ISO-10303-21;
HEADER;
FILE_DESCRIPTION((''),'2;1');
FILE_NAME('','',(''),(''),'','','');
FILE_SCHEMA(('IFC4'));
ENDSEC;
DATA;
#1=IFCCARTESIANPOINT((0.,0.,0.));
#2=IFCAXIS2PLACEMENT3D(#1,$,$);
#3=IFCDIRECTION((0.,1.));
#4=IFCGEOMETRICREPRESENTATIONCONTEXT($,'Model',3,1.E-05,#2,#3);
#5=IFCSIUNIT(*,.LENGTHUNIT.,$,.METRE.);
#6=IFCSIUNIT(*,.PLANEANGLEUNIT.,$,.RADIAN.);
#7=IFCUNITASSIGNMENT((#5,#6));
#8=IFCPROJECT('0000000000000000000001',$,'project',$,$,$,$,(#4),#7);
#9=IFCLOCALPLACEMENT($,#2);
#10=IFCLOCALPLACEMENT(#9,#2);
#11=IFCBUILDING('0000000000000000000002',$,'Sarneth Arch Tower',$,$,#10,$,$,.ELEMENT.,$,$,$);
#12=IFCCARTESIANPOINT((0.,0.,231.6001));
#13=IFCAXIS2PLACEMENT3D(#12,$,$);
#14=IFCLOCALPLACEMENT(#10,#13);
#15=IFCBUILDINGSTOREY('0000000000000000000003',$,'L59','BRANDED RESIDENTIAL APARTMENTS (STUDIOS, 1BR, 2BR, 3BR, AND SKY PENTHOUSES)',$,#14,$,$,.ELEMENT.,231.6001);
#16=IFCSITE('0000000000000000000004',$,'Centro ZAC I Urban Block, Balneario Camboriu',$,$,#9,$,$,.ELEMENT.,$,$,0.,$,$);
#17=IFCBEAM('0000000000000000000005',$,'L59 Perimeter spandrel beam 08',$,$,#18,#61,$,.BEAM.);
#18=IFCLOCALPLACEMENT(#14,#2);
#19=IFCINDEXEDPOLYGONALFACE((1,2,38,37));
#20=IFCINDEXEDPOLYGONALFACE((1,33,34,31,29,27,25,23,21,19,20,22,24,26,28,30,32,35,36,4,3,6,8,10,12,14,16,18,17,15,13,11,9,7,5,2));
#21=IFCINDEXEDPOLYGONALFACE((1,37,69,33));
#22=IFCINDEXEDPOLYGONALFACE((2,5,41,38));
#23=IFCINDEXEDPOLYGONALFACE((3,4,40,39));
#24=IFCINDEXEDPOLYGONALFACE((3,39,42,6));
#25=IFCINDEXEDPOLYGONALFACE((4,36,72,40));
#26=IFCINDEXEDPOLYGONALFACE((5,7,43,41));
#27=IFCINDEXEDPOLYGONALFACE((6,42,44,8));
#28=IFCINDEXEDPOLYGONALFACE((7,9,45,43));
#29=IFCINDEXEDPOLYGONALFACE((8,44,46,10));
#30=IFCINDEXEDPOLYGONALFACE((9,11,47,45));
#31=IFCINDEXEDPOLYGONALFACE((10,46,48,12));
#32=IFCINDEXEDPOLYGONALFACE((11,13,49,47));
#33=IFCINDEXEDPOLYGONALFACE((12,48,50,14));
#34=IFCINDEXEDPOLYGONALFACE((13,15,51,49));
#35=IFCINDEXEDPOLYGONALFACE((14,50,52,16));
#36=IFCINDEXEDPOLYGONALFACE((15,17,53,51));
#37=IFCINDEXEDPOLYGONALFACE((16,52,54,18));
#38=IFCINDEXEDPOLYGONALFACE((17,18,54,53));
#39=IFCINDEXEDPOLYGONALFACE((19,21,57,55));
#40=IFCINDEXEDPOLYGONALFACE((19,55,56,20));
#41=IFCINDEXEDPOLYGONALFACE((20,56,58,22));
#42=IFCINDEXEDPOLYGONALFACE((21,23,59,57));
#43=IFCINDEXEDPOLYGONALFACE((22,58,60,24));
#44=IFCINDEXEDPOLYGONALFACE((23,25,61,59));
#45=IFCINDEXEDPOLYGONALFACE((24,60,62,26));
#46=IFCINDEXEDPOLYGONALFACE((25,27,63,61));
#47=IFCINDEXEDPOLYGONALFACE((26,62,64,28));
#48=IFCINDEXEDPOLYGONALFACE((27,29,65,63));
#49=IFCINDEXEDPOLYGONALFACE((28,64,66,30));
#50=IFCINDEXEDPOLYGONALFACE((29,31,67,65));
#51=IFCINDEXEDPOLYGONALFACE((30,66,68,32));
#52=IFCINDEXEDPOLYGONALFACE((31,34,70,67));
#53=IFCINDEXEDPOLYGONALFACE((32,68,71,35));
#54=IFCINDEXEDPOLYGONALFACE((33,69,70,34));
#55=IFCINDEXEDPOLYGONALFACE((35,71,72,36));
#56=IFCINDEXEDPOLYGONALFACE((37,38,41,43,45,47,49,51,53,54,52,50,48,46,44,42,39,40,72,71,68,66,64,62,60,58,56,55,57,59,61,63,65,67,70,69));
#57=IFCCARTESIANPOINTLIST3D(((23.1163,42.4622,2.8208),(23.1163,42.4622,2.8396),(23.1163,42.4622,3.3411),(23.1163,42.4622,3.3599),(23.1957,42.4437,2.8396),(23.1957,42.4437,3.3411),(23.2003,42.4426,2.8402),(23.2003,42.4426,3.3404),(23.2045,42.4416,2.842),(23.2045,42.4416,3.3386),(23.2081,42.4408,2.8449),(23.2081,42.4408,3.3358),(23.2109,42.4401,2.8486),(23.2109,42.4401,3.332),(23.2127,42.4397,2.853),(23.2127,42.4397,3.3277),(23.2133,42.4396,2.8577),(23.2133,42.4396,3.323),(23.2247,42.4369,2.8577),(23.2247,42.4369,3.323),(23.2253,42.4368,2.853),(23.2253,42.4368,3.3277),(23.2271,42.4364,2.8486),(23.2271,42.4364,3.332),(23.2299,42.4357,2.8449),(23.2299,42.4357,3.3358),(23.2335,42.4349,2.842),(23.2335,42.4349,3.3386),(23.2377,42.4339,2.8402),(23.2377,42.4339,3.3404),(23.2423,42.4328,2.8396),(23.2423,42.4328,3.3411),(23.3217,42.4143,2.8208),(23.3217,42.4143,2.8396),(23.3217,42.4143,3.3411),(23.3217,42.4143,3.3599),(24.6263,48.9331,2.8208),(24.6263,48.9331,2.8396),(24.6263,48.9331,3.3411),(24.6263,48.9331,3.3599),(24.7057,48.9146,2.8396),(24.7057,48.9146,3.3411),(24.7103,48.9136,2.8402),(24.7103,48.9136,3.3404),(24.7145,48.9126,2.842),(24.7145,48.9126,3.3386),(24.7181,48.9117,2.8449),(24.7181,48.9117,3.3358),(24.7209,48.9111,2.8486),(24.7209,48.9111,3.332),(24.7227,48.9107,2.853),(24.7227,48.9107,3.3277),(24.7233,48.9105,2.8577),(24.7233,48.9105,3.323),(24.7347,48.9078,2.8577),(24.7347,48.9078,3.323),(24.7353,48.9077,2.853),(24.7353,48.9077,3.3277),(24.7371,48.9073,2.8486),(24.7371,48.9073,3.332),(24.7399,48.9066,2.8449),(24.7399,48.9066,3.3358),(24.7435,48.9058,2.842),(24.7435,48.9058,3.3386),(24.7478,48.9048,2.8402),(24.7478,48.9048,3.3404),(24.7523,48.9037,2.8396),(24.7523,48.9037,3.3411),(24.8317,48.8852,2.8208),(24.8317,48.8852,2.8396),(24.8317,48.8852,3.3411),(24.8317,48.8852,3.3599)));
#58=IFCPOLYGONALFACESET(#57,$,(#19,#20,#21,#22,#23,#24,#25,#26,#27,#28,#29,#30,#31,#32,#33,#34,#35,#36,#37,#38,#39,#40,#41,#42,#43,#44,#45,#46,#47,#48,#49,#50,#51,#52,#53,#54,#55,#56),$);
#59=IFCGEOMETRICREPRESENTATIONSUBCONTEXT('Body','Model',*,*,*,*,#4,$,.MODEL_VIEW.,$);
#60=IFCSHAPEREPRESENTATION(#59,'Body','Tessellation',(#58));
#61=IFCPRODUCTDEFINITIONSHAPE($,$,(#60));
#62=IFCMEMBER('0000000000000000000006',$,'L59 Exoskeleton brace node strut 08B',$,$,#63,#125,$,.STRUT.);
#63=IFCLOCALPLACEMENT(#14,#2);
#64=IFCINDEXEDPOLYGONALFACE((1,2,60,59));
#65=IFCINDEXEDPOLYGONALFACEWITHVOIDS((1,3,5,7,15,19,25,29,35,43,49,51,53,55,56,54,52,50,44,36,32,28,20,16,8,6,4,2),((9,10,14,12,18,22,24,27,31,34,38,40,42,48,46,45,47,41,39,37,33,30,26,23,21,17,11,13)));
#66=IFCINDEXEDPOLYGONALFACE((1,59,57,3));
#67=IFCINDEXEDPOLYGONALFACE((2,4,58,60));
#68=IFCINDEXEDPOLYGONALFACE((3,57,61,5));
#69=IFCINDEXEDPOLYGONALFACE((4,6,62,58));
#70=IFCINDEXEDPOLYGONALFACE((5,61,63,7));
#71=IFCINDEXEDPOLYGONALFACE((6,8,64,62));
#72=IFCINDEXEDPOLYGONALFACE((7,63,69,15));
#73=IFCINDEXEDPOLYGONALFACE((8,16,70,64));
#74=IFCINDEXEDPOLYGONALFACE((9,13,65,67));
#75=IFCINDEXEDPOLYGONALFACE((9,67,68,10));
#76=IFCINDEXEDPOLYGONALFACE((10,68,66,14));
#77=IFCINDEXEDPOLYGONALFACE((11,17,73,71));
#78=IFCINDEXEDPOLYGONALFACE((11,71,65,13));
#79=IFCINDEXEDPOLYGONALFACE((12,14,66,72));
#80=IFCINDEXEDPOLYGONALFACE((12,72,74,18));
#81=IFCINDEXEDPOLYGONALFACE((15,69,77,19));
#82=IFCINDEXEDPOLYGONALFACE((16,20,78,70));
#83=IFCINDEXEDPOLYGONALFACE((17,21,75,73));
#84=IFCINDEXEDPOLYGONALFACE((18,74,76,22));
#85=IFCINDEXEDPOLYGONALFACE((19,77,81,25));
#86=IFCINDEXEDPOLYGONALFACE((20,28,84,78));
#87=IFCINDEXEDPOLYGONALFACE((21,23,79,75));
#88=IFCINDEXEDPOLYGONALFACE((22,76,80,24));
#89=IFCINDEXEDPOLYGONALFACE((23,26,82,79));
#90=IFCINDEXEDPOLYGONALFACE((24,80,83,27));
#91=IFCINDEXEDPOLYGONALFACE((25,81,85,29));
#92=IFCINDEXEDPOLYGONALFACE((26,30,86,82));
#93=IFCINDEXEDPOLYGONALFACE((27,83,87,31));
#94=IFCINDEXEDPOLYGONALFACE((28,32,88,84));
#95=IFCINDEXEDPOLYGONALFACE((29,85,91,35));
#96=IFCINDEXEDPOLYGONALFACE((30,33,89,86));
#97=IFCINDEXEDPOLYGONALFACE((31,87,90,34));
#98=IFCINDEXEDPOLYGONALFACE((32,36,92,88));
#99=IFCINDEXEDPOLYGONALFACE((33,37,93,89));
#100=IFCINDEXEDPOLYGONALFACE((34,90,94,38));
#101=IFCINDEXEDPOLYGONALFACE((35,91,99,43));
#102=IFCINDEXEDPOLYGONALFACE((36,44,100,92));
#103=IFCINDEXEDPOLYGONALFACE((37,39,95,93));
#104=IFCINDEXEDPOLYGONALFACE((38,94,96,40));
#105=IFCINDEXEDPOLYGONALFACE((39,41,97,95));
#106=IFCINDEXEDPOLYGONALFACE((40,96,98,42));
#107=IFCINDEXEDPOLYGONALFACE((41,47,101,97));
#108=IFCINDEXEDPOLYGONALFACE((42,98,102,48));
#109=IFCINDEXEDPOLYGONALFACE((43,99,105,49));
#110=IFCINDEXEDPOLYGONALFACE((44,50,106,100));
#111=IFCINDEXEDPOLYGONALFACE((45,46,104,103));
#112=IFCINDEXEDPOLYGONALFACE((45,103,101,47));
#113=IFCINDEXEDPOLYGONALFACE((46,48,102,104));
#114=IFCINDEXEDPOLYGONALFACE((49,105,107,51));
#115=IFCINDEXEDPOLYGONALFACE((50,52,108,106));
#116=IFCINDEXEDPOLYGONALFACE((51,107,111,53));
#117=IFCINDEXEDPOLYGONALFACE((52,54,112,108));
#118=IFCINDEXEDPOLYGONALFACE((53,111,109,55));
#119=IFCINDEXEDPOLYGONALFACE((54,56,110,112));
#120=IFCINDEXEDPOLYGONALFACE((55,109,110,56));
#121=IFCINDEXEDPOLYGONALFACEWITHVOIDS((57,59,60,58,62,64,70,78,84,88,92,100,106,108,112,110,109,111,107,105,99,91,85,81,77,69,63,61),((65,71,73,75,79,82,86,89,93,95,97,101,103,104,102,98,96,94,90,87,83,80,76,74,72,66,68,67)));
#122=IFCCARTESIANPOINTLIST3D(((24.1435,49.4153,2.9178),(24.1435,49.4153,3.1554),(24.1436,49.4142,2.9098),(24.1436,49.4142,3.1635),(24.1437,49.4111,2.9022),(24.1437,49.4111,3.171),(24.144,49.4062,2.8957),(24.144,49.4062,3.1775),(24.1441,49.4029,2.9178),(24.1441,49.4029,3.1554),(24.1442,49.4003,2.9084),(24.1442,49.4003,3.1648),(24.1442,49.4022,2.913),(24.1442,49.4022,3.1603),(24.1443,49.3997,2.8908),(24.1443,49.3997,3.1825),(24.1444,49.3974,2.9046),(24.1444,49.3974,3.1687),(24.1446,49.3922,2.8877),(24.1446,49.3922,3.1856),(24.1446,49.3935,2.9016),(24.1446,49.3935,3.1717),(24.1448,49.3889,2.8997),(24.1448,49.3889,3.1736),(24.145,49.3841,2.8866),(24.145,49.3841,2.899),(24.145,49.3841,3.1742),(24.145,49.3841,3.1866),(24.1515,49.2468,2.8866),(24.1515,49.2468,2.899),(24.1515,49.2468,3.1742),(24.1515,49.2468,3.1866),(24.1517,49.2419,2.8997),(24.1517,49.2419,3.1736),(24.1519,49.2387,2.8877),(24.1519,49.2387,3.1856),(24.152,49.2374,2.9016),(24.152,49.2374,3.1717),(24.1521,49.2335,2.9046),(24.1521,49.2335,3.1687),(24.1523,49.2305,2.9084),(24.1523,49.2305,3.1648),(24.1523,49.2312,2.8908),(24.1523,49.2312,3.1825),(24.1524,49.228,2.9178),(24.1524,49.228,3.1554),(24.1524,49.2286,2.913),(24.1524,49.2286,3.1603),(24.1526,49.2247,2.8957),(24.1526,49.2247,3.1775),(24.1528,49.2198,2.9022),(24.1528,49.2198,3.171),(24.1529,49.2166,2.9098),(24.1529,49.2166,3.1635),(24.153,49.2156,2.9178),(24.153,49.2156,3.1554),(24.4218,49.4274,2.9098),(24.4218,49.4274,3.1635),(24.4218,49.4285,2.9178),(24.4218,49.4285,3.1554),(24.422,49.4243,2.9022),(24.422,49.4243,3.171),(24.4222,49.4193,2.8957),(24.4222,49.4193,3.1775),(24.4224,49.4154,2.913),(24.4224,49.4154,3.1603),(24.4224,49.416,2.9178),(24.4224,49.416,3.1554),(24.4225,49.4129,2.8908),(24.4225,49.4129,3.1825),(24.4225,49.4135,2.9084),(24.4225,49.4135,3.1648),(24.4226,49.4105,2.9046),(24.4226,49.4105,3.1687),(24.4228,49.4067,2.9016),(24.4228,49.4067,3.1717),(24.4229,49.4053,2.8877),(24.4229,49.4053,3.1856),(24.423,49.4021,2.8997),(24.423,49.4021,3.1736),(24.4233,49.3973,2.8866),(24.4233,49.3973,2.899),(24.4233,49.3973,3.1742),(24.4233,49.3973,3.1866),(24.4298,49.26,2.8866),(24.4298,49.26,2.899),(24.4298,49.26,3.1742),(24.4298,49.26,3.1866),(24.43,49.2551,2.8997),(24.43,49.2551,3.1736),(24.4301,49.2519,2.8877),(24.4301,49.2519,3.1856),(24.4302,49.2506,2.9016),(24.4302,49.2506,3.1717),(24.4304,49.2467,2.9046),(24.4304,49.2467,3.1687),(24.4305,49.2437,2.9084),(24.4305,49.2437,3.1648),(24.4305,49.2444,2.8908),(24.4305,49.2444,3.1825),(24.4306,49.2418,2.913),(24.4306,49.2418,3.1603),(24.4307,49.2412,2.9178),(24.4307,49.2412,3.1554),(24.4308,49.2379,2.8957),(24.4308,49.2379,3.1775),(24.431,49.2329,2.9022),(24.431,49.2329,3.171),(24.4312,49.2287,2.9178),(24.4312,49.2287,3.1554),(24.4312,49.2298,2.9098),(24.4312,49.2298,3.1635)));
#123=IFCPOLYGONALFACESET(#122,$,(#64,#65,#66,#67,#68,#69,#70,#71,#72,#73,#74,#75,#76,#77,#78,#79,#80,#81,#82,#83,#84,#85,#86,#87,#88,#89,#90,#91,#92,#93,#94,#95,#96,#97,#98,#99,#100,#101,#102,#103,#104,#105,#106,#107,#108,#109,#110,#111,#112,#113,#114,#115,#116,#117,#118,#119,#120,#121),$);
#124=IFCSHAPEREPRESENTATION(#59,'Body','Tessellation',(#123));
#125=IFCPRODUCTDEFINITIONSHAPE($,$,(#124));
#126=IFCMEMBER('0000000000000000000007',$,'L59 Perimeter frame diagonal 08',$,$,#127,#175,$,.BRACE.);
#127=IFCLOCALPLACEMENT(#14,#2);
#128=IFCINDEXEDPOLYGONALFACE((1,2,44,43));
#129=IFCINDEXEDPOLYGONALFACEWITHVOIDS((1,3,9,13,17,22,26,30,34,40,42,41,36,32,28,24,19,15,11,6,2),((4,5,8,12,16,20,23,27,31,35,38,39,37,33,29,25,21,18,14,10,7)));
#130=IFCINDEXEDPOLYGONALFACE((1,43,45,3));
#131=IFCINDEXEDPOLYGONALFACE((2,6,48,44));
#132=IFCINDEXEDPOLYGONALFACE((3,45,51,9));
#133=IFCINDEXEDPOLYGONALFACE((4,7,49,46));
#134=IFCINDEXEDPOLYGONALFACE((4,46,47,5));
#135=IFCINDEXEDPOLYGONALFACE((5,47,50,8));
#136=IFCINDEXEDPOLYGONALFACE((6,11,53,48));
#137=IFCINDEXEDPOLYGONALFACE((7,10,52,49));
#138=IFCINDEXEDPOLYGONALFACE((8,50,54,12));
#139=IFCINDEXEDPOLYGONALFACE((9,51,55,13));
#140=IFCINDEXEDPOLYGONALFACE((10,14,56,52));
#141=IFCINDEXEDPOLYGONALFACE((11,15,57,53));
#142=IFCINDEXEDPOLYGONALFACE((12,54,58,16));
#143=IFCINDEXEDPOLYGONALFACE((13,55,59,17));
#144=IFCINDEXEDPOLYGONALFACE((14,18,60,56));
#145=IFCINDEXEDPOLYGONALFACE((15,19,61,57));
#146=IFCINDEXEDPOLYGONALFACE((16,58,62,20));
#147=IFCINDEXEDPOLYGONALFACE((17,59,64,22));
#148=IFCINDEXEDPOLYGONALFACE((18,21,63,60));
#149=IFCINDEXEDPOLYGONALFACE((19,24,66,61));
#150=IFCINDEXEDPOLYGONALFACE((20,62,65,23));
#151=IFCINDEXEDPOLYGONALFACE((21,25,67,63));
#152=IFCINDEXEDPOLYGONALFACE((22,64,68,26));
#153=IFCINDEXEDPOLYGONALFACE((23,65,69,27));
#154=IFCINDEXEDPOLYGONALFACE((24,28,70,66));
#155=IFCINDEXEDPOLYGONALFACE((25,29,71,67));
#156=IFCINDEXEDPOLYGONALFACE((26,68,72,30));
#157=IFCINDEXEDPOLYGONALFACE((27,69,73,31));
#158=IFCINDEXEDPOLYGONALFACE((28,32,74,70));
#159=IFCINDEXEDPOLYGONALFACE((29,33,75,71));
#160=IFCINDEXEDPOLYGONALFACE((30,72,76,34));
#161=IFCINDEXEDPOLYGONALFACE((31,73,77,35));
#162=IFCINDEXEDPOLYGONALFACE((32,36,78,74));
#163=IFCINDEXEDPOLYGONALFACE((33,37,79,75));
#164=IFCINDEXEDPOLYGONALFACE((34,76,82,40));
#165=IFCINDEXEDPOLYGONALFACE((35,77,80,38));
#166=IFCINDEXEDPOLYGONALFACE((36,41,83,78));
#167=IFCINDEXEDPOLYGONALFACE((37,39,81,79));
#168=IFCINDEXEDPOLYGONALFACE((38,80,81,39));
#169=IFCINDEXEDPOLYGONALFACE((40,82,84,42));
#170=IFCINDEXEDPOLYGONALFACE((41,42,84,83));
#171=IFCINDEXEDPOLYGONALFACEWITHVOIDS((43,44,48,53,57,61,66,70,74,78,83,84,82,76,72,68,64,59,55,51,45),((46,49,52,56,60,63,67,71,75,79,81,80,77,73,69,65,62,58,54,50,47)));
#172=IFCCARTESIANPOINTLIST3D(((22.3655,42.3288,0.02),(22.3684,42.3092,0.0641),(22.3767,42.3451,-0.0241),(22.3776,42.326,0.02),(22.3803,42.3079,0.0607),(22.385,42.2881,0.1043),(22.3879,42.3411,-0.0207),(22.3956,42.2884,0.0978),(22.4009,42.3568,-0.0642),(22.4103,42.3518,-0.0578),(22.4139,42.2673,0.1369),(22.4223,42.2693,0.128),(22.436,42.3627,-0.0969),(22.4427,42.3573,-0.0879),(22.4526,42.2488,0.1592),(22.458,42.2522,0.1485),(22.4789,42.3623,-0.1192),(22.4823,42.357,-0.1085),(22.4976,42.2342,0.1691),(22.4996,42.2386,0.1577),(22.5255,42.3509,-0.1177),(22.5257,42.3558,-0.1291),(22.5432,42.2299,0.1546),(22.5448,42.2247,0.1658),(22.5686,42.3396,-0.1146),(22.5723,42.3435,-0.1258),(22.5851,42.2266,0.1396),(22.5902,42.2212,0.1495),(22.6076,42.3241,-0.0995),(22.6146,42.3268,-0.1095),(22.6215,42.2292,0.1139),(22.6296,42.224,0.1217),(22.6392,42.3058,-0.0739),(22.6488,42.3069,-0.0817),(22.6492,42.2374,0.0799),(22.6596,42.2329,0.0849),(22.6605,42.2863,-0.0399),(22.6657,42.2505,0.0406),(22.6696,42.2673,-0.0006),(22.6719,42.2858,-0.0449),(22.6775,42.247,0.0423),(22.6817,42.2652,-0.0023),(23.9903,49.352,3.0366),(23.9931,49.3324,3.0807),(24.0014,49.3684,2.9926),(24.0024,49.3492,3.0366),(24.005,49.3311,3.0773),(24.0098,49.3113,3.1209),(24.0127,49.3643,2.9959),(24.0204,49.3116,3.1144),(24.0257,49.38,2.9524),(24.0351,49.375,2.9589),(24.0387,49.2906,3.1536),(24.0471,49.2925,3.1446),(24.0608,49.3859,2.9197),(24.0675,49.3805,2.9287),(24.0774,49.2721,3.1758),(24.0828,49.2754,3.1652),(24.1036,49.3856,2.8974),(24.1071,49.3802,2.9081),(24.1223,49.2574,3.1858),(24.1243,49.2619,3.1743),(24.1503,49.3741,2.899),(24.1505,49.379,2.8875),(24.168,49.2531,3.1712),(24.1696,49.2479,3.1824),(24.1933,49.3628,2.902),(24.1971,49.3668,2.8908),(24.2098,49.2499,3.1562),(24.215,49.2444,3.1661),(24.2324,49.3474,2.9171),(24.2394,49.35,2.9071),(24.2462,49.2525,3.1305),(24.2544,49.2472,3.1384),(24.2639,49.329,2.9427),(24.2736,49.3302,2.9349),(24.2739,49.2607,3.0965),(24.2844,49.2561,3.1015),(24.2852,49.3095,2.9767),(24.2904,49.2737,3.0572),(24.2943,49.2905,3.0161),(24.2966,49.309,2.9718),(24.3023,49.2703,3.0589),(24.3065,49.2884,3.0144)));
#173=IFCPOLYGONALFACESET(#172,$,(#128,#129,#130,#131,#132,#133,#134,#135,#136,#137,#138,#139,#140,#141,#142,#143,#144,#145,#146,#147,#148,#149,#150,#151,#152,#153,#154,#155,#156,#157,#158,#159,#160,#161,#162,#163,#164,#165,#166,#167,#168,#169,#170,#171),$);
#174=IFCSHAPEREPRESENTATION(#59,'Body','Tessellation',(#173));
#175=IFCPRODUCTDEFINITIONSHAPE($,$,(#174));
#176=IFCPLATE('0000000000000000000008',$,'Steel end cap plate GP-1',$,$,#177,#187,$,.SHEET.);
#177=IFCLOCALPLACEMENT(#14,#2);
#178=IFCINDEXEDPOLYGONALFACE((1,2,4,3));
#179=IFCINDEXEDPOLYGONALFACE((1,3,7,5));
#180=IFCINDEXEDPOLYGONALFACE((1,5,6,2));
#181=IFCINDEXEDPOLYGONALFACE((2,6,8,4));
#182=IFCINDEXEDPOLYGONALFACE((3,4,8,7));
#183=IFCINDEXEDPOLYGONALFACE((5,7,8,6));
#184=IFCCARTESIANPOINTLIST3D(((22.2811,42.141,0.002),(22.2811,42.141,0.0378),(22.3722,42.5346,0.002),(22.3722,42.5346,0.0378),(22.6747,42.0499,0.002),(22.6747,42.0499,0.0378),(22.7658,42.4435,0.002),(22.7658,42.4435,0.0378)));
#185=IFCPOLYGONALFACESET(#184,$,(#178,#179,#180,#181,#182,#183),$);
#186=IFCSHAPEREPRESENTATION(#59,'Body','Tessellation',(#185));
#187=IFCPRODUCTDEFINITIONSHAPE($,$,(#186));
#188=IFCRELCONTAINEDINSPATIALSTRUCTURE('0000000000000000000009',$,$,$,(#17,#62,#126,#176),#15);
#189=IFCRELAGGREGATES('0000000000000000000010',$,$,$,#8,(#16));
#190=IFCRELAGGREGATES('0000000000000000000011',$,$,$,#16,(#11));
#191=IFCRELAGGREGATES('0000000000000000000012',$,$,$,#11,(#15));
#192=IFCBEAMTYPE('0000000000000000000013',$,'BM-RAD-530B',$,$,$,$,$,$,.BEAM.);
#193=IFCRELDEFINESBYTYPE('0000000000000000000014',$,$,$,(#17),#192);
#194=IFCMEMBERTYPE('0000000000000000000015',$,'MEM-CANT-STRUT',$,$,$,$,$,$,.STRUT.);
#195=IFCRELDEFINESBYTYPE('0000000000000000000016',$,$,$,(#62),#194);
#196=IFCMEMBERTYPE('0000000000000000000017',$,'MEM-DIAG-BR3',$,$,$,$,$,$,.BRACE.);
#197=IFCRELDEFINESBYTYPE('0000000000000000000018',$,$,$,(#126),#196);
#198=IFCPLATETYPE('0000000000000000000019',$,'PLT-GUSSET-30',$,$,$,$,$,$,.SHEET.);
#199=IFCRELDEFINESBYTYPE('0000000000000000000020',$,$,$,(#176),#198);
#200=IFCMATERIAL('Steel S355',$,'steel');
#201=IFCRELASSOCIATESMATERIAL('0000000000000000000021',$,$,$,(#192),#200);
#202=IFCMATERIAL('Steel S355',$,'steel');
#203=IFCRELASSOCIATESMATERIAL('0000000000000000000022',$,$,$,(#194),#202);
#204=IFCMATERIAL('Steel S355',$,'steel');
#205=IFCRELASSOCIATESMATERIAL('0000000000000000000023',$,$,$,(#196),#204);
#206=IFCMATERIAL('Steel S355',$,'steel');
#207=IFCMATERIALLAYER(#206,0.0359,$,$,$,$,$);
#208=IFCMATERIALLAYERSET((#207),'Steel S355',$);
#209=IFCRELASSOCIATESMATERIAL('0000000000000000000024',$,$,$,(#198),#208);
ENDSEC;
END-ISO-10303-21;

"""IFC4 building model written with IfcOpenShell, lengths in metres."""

from ifc_helpers import new_model, si_unit, direction, frame, origin, origin_2d, place, context, subcontext, project, spatial, rectangle, hollow_rectangle, hollow_circle, i_section, extrude, material, layer, layer_set, material_profile, profile_set, type_object, element, save


model = new_model("IFC4")

# Units and contexts
model_context = context("Model", 3, precision=1e-05, world=origin(), true_north=direction((0.0, 1.0)))
body_context = subcontext(model_context, "Body", "Model", "MODEL_VIEW")
ifc_project = project(units=[si_unit("LENGTHUNIT", "METRE"), si_unit("PLANEANGLEUNIT", "RADIAN")], contexts=[model_context])

# Site, building, storey
site_placement = place(None, origin())
site = spatial("IfcSite", under=ifc_project, at=site_placement, Name="Centro ZAC I Urban Block, Balneario Camboriu", CompositionType="ELEMENT", RefElevation=0.0)
building_placement = place(site_placement, origin())
building = spatial("IfcBuilding", under=site, at=building_placement, Name="Sarneth Arch Tower", CompositionType="ELEMENT")
storey_placement = place(building_placement, frame((0.0, 0.0, 231.6001)))
storey = spatial("IfcBuildingStorey", under=building, at=storey_placement, Name="L59", Description="BRANDED RESIDENTIAL APARTMENTS (STUDIOS, 1BR, 2BR, 3BR, AND SKY PENTHOUSES)", CompositionType="ELEMENT", Elevation=231.6001)

# Beam
ifc_material_1 = material(Name="Steel S355", Category="steel")
ifc_material_profile_1 = material_profile(ifc_material_1, i_section(OverallWidth=0.2109, OverallDepth=0.5391, WebThickness=0.0117, FlangeThickness=0.0188, FilletRadius=0.0181, at=origin_2d()), Name="W530x109")
ifc_profile_set_1 = profile_set([ifc_material_profile_1], Name="Steel S355")
beam_type_1 = type_object("IfcBeamType", Name="BM-RAD-530B", PredefinedType="BEAM", material=ifc_profile_set_1)
beam_1_placement = place(storey_placement, frame((24.729, 48.9092, 3.0903), z_axis=(-0.227247, -0.973837, 0.0), x_axis=(0.973837, -0.227247, 0.0)))
element("IfcBeam", 1, at=beam_1_placement, inside=storey, type_object=beam_type_1, Name="L59 Perimeter spandrel beam 08", PredefinedType="BEAM", context=body_context, shape_type="SweptSolid", body=[
    extrude(i_section(OverallWidth=0.2109, OverallDepth=0.5391, WebThickness=0.0117, FlangeThickness=0.0188, FilletRadius=0.0181, at=origin_2d()), origin(), (0.0, 0.0, 1.0), 6.6448),
])

# Members
ifc_material_2 = material(Name="Steel S355", Category="steel")
ifc_material_profile_2 = material_profile(ifc_material_2, hollow_rectangle(XDim=0.2, YDim=0.3, WallThickness=0.0125, InnerFilletRadius=0.0188, OuterFilletRadius=0.0312, at=origin_2d()), Name="RHS300x200x12.5")
ifc_profile_set_2 = profile_set([ifc_material_profile_2], Name="Steel S355")
member_type_1 = type_object("IfcMemberType", Name="MEM-CANT-STRUT", PredefinedType="STRUT", material=ifc_profile_set_2)
member_1_placement = place(storey_placement, frame((24.4265, 49.3286, 3.0366), z_axis=(-0.99888, -0.047315, 0.0), x_axis=(0.047315, -0.99888, 0.0)))
element("IfcMember", 2, at=member_1_placement, inside=storey, type_object=member_type_1, Name="L59 Exoskeleton brace node strut 08B", PredefinedType="STRUT", context=body_context, shape_type="SweptSolid", body=[
    extrude(hollow_rectangle(XDim=0.2, YDim=0.3, WallThickness=0.0125, InnerFilletRadius=0.0188, OuterFilletRadius=0.0312, at=origin_2d()), origin(), (0.0, 0.0, 1.0), 0.2786),
])
ifc_material_3 = material(Name="Steel S355", Category="steel")
ifc_material_profile_3 = material_profile(ifc_material_3, hollow_circle(Radius=0.1621, WallThickness=0.0125, at=origin_2d()), Name="CHS324x12.5")
ifc_profile_set_3 = profile_set([ifc_material_profile_3], Name="Steel S355")
member_type_2 = type_object("IfcMemberType", Name="MEM-DIAG-BR3", PredefinedType="BRACE", material=ifc_profile_set_3)
member_2_placement = place(storey_placement, frame((22.5234, 42.2922, 0.02), z_axis=(0.207918, 0.898749, 0.386031), x_axis=(-0.974269, 0.225389, 0.0)))
element("IfcMember", 3, at=member_2_placement, inside=storey, type_object=member_type_2, Name="L59 Perimeter frame diagonal 08", PredefinedType="BRACE", context=body_context, shape_type="SweptSolid", body=[
    extrude(hollow_circle(Radius=0.1621, WallThickness=0.0125, at=origin_2d()), origin(), (0.0, 0.0, 1.0), 7.8145),
])

# Plate
ifc_material_4 = material(Name="Steel S355", Category="steel")
ifc_layer_1 = layer(ifc_material_4, 0.0359)
ifc_layer_set_1 = layer_set([ifc_layer_1], Name="Steel S355")
plate_type = type_object("IfcPlateType", Name="PLT-GUSSET-30", PredefinedType="SHEET", material=ifc_layer_set_1)
for number, where, z_axis, x_axis, name in (
    (4, (22.5234, 42.2922, 0.002), (0.0, 0.0, 1.0), (-0.225461, -0.974252, 0.0), "Steel end cap plate GP-1"),
):
    element("IfcPlate", number, at=place(storey_placement, frame(where, z_axis=z_axis, x_axis=x_axis)), inside=storey, type_object=plate_type, Name=name, PredefinedType="SHEET", context=body_context, shape_type="SweptSolid", body=[
        extrude(rectangle(XDim=0.4041, YDim=0.4041, at=origin_2d()), origin(), (0.0, 0.0, 1.0), 0.0359),
    ])

save(model, "model.ifc")
